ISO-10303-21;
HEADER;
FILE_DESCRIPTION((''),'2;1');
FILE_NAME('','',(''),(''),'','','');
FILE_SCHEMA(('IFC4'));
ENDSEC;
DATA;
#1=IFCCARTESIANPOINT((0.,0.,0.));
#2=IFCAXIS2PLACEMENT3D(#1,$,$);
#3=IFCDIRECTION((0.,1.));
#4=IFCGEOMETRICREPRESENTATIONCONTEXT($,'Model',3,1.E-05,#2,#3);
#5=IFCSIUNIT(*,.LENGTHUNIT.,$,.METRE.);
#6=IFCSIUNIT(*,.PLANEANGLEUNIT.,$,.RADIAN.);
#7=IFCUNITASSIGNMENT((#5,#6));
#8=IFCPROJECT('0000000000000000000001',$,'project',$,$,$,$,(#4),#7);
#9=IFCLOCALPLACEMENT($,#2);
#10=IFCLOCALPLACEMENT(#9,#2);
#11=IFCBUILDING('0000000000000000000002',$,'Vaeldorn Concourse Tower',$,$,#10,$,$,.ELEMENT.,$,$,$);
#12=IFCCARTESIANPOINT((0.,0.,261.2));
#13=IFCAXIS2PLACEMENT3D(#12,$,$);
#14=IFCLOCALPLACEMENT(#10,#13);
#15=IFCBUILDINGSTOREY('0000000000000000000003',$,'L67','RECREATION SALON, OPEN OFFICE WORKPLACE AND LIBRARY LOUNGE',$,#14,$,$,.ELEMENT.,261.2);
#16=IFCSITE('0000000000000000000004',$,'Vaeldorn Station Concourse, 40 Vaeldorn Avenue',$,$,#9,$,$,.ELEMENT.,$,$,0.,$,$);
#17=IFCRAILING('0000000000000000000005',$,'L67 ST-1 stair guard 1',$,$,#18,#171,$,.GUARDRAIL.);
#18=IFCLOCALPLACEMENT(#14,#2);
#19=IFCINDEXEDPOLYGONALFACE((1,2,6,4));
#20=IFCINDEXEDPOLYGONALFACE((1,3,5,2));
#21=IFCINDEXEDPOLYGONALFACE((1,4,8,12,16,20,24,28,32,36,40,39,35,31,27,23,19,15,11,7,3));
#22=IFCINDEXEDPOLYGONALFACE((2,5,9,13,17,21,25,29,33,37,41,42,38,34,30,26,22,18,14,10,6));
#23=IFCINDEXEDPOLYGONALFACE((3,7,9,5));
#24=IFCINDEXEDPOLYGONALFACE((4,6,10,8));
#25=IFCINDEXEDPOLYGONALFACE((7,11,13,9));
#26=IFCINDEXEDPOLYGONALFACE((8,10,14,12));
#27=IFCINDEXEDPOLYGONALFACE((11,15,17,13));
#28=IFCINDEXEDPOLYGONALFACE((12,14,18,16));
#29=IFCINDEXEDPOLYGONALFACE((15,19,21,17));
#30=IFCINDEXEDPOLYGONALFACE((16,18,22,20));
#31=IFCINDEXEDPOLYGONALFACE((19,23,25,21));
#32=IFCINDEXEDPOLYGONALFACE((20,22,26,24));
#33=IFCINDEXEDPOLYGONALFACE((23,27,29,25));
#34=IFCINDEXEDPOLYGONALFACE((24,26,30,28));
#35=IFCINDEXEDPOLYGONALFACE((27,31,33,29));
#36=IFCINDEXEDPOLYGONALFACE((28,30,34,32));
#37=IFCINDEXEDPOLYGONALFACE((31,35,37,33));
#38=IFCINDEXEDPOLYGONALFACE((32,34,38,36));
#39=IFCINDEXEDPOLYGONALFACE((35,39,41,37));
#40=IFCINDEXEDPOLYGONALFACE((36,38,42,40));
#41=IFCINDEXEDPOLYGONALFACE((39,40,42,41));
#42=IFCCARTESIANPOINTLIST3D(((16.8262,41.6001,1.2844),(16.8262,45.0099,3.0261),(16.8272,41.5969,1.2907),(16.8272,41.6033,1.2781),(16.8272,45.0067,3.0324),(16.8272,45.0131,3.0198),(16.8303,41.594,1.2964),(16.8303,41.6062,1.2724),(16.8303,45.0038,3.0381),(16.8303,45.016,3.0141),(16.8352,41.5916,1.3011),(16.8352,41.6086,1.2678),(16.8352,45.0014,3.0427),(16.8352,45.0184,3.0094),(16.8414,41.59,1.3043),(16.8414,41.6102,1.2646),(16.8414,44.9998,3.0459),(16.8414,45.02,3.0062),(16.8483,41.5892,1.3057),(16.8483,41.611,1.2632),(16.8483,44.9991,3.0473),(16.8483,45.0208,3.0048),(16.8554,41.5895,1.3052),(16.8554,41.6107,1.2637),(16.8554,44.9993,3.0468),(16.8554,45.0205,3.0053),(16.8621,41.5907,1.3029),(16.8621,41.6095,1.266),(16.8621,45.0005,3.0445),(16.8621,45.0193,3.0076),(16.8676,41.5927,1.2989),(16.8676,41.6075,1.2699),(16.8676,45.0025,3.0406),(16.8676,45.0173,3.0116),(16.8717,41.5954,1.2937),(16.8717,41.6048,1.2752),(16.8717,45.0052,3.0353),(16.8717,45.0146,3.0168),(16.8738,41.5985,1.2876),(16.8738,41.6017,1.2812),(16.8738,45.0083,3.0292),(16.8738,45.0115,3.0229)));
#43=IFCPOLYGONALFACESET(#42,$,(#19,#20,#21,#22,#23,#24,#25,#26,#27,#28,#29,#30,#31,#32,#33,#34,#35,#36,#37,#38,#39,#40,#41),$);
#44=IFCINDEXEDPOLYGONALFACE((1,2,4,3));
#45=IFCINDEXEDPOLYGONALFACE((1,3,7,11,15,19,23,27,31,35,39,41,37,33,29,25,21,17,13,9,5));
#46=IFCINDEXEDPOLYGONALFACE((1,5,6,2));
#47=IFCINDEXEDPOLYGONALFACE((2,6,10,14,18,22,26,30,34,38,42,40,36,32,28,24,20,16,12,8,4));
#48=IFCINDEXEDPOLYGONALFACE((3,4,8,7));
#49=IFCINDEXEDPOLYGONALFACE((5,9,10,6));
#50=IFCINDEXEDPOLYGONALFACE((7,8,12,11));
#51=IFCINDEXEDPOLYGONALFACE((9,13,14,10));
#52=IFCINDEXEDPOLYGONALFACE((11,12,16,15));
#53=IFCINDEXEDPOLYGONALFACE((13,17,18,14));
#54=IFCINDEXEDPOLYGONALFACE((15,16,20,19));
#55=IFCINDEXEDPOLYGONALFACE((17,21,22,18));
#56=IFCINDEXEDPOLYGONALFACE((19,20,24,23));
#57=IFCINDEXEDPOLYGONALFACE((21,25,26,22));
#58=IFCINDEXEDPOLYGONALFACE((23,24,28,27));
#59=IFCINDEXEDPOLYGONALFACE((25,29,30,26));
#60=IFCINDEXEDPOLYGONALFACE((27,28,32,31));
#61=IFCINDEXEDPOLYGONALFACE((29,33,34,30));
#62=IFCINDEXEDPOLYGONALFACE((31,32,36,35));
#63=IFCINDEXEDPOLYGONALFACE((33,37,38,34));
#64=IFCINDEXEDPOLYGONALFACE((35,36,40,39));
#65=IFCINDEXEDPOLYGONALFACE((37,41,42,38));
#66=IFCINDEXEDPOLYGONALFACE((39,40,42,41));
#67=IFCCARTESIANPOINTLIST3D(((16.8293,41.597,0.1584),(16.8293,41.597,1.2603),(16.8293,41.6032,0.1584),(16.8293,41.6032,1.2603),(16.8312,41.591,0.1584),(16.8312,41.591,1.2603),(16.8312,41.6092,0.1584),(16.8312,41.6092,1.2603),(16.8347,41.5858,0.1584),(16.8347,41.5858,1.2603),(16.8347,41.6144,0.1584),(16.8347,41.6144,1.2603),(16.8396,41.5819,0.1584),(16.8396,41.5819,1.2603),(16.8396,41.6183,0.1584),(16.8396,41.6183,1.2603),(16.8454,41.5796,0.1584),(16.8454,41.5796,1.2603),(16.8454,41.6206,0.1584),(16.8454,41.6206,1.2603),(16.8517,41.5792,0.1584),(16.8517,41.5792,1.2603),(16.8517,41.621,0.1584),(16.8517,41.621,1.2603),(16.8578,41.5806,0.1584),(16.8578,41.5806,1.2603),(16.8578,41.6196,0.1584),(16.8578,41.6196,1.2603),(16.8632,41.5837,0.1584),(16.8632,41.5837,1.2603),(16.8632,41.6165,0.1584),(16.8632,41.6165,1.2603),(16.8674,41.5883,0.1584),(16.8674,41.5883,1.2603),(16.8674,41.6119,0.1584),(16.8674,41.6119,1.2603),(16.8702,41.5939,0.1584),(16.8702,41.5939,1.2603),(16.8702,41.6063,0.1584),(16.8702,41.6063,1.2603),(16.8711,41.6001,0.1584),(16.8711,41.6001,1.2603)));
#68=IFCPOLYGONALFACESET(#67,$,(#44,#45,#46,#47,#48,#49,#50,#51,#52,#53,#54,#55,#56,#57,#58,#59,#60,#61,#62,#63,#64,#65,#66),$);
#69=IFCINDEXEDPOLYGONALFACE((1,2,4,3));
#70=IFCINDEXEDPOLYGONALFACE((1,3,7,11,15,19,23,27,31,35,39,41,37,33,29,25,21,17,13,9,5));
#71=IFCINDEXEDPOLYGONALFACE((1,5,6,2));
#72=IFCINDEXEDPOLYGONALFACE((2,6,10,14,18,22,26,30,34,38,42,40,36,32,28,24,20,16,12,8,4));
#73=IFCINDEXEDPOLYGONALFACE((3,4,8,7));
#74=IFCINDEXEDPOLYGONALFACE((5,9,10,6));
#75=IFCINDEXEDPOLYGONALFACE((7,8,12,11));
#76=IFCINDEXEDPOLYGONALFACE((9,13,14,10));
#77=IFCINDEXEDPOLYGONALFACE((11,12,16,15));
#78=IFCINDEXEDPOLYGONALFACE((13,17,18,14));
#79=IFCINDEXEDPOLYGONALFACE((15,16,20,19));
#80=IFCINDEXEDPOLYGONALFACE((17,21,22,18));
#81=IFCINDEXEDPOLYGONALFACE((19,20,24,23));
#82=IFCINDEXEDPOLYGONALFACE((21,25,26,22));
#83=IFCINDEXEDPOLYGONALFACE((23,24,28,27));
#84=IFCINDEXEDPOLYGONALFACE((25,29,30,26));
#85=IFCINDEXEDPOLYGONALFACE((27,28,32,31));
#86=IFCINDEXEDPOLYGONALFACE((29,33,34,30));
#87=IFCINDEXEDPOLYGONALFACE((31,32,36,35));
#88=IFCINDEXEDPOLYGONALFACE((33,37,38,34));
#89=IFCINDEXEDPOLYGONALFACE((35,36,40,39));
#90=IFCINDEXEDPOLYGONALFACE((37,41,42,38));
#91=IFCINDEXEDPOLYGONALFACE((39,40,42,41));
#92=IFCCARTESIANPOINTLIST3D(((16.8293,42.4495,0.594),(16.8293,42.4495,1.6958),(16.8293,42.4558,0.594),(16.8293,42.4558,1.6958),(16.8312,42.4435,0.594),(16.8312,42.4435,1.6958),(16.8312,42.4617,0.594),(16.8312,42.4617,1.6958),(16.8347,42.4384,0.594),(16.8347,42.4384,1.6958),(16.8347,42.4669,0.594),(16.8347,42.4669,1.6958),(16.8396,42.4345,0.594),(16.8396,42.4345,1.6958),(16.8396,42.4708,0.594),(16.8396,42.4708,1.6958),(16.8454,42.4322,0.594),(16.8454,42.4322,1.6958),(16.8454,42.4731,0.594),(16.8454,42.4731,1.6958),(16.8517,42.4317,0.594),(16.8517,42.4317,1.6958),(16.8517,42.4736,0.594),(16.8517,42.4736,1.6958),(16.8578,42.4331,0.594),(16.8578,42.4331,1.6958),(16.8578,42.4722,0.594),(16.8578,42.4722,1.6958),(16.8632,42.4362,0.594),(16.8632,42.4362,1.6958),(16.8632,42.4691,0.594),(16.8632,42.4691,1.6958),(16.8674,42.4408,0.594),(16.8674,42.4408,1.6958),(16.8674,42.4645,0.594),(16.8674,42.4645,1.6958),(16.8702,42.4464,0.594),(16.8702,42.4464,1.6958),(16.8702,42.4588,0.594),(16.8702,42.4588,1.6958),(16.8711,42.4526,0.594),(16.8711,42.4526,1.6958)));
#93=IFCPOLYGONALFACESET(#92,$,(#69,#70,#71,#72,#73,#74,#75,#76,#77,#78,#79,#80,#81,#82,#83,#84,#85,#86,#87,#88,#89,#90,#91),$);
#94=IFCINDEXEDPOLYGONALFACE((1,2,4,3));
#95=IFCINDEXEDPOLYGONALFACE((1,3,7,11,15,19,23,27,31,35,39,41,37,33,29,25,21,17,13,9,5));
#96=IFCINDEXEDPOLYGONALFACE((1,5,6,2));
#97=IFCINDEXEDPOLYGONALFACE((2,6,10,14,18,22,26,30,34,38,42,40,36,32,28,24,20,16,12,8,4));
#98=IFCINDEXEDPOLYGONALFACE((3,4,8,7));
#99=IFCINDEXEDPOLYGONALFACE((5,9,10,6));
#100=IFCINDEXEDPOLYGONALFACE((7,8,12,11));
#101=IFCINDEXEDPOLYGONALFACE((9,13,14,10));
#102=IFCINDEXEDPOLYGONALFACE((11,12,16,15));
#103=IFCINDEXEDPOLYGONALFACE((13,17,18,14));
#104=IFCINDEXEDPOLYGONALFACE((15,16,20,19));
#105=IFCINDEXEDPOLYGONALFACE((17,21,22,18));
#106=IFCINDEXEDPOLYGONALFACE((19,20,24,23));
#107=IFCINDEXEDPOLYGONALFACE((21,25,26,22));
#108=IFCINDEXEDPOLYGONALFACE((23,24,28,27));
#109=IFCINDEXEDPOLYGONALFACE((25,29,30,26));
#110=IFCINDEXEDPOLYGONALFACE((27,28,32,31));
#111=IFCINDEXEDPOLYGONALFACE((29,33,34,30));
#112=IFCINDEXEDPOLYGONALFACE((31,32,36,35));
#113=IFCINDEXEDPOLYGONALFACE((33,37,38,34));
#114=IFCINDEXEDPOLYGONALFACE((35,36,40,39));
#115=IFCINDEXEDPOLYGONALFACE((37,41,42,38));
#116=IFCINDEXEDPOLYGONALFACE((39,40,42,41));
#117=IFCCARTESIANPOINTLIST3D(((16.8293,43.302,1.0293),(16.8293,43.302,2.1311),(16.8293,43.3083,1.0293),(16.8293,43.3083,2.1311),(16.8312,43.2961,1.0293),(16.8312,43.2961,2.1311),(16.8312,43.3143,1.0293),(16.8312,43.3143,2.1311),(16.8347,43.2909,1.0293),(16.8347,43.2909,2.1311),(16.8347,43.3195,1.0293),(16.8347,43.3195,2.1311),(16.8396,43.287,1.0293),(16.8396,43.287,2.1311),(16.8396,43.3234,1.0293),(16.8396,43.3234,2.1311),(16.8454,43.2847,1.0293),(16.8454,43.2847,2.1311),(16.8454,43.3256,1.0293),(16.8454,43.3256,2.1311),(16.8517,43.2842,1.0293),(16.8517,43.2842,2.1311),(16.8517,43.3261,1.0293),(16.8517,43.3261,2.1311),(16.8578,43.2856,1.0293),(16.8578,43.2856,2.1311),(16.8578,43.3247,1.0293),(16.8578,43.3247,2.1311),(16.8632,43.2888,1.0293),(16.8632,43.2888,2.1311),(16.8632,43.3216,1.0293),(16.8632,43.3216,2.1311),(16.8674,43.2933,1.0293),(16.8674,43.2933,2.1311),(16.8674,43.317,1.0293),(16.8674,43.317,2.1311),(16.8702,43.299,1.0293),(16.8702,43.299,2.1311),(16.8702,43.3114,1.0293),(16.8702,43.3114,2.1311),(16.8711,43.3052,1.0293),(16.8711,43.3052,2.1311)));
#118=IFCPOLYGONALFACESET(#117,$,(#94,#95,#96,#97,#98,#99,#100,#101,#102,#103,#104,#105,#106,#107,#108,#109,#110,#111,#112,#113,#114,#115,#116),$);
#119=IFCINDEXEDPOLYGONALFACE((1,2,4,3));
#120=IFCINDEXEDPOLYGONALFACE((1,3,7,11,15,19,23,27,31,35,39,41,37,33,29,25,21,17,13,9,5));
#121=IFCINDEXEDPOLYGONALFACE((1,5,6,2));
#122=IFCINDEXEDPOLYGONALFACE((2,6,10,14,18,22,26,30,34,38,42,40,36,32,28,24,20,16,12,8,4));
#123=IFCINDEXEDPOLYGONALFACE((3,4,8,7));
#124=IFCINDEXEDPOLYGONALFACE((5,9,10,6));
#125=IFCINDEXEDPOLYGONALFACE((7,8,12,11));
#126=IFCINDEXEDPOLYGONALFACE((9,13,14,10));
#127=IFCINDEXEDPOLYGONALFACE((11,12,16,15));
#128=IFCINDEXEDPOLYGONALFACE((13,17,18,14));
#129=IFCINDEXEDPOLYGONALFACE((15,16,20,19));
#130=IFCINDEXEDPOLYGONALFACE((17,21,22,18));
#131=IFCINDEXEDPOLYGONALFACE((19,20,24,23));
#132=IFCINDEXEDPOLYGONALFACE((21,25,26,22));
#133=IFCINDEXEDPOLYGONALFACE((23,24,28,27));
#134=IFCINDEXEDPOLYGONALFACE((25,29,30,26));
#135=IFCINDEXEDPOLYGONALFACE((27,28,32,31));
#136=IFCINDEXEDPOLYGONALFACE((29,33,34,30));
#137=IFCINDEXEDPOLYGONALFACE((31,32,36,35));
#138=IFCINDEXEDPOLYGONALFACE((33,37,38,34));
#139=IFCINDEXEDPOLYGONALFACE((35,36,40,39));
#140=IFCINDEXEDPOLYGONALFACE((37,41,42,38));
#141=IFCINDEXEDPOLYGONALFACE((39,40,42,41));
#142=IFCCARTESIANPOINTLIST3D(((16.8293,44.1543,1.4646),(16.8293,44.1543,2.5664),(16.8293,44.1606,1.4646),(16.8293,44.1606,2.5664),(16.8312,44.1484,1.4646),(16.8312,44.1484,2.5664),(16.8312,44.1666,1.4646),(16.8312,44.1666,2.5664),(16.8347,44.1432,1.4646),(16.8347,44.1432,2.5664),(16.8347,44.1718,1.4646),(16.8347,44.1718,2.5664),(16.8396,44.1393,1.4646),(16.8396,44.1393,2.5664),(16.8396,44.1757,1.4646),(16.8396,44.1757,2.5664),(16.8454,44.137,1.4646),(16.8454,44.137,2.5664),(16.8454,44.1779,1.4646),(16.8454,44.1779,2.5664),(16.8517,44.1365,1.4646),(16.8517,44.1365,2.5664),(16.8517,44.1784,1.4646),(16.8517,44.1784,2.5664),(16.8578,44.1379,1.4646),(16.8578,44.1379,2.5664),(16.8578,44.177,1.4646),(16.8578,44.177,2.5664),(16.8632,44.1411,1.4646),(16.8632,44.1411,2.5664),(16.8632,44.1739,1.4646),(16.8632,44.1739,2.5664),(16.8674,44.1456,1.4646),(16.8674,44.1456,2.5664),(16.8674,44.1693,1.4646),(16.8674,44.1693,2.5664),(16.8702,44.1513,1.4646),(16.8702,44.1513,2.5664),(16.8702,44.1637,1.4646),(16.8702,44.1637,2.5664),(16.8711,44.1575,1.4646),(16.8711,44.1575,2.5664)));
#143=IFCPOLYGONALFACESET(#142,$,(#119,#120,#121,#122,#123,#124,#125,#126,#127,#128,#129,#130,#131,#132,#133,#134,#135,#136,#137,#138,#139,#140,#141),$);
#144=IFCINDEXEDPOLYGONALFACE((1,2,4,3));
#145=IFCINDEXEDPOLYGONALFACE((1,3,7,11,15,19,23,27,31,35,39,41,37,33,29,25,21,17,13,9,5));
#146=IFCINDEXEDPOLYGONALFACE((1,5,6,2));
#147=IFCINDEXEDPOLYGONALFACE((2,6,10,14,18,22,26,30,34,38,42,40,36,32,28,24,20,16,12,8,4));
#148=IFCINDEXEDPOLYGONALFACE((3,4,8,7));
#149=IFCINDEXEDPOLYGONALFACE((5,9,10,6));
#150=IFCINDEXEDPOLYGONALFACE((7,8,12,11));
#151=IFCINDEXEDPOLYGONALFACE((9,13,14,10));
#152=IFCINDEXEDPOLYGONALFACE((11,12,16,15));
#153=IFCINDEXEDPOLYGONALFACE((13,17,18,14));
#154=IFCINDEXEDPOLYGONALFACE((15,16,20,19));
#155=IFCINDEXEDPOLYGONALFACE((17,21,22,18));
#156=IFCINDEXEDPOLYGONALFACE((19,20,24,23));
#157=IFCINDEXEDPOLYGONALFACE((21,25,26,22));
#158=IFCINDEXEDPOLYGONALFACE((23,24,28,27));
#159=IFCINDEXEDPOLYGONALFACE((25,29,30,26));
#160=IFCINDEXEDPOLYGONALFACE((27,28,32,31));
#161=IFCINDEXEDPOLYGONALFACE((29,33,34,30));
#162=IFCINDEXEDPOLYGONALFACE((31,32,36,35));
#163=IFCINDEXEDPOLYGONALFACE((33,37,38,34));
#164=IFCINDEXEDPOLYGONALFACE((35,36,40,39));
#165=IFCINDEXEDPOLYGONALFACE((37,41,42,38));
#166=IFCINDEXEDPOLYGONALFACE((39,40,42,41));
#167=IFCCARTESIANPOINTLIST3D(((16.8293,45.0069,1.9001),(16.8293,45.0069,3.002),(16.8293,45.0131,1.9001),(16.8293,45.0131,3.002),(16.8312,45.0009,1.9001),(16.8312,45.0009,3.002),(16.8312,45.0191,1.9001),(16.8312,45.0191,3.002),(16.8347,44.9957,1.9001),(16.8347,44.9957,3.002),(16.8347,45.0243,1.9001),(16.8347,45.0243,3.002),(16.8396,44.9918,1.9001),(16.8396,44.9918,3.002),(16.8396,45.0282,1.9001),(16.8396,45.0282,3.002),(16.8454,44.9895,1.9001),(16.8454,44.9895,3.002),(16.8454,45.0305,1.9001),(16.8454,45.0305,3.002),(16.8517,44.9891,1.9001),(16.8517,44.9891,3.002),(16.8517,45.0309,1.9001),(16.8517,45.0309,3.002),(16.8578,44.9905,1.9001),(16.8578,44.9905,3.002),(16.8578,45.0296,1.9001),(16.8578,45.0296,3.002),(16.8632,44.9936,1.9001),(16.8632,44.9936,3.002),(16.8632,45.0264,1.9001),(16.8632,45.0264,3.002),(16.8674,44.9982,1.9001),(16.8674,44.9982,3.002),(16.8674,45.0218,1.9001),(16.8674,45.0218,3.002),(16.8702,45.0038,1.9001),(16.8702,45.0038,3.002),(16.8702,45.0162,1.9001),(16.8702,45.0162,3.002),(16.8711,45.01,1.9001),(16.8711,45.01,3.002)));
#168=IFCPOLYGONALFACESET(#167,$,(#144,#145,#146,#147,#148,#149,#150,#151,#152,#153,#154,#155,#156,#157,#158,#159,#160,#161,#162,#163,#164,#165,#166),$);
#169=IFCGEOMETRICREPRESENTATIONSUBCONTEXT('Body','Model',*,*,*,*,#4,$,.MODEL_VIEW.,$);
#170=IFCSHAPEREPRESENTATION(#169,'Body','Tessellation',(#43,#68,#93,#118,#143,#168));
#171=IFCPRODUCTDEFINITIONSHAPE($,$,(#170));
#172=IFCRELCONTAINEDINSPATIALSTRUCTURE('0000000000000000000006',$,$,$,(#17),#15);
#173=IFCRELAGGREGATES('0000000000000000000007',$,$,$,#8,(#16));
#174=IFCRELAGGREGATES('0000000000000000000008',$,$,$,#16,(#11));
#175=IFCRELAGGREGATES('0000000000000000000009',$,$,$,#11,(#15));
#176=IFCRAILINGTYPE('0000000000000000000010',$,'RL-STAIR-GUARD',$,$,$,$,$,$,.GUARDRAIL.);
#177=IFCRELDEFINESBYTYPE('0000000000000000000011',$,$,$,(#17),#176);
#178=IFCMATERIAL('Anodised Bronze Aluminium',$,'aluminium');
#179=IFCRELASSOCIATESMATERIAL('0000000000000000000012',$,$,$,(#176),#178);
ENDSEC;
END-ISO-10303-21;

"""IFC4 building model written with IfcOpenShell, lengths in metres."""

from ifc_helpers import new_model, si_unit, direction, frame, origin, origin_2d, place, context, subcontext, project, spatial, circle, extrude, material, type_object, element, save


model = new_model("IFC4")

# Units and contexts
model_context = context("Model", 3, precision=1e-05, world=origin(), true_north=direction((0.0, 1.0)))
body_context = subcontext(model_context, "Body", "Model", "MODEL_VIEW")
ifc_project = project(units=[si_unit("LENGTHUNIT", "METRE"), si_unit("PLANEANGLEUNIT", "RADIAN")], contexts=[model_context])

# Site, building, storey
site_placement = place(None, origin())
site = spatial("IfcSite", under=ifc_project, at=site_placement, Name="Vaeldorn Station Concourse, 40 Vaeldorn Avenue", CompositionType="ELEMENT", RefElevation=0.0)
building_placement = place(site_placement, origin())
building = spatial("IfcBuilding", under=site, at=building_placement, Name="Vaeldorn Concourse Tower", CompositionType="ELEMENT")
storey_placement = place(building_placement, frame((0.0, 0.0, 261.2)))
storey = spatial("IfcBuildingStorey", under=building, at=storey_placement, Name="L67", Description="RECREATION SALON, OPEN OFFICE WORKPLACE AND LIBRARY LOUNGE", CompositionType="ELEMENT", Elevation=261.2)

# Shared definitions
ifc_material_1 = material(Name="Anodised Bronze Aluminium", Category="aluminium")

# Railing
railing_type_1 = type_object("IfcRailingType", Name="RL-STAIR-GUARD", PredefinedType="GUARDRAIL", material=ifc_material_1)
railing_1_placement = place(storey_placement, frame((16.8501, 41.6001, 0.1584)))
element("IfcRailing", 1, at=railing_1_placement, inside=storey, type_object=railing_type_1, Name="L67 ST-1 stair guard 1", PredefinedType="GUARDRAIL", context=body_context, shape_type="SweptSolid", body=[
    extrude(circle(Radius=0.0239, at=origin_2d()), frame((0.0, 0.0, 1.126), z_axis=(0.0, 0.890556, 0.454874), x_axis=(-1.0, 0.0, 0.0)), (0.0, 0.0, 1.0), 3.8289),
    extrude(circle(Radius=0.021, at=origin_2d()), origin(), (0.0, 0.0, 1.0), 1.1018),
    extrude(circle(Radius=0.021, at=origin_2d()), frame((0.0, 0.8525, 0.4355)), (0.0, 0.0, 1.0), 1.1018),
    extrude(circle(Radius=0.021, at=origin_2d()), frame((0.0, 1.7051, 0.8708)), (0.0, 0.0, 1.0), 1.1018),
    extrude(circle(Radius=0.021, at=origin_2d()), frame((0.0, 2.5574, 1.3062)), (0.0, 0.0, 1.0), 1.1018),
    extrude(circle(Radius=0.021, at=origin_2d()), frame((0.0, 3.4099, 1.7417)), (0.0, 0.0, 1.0), 1.1018),
])

save(model, "model.ifc")
